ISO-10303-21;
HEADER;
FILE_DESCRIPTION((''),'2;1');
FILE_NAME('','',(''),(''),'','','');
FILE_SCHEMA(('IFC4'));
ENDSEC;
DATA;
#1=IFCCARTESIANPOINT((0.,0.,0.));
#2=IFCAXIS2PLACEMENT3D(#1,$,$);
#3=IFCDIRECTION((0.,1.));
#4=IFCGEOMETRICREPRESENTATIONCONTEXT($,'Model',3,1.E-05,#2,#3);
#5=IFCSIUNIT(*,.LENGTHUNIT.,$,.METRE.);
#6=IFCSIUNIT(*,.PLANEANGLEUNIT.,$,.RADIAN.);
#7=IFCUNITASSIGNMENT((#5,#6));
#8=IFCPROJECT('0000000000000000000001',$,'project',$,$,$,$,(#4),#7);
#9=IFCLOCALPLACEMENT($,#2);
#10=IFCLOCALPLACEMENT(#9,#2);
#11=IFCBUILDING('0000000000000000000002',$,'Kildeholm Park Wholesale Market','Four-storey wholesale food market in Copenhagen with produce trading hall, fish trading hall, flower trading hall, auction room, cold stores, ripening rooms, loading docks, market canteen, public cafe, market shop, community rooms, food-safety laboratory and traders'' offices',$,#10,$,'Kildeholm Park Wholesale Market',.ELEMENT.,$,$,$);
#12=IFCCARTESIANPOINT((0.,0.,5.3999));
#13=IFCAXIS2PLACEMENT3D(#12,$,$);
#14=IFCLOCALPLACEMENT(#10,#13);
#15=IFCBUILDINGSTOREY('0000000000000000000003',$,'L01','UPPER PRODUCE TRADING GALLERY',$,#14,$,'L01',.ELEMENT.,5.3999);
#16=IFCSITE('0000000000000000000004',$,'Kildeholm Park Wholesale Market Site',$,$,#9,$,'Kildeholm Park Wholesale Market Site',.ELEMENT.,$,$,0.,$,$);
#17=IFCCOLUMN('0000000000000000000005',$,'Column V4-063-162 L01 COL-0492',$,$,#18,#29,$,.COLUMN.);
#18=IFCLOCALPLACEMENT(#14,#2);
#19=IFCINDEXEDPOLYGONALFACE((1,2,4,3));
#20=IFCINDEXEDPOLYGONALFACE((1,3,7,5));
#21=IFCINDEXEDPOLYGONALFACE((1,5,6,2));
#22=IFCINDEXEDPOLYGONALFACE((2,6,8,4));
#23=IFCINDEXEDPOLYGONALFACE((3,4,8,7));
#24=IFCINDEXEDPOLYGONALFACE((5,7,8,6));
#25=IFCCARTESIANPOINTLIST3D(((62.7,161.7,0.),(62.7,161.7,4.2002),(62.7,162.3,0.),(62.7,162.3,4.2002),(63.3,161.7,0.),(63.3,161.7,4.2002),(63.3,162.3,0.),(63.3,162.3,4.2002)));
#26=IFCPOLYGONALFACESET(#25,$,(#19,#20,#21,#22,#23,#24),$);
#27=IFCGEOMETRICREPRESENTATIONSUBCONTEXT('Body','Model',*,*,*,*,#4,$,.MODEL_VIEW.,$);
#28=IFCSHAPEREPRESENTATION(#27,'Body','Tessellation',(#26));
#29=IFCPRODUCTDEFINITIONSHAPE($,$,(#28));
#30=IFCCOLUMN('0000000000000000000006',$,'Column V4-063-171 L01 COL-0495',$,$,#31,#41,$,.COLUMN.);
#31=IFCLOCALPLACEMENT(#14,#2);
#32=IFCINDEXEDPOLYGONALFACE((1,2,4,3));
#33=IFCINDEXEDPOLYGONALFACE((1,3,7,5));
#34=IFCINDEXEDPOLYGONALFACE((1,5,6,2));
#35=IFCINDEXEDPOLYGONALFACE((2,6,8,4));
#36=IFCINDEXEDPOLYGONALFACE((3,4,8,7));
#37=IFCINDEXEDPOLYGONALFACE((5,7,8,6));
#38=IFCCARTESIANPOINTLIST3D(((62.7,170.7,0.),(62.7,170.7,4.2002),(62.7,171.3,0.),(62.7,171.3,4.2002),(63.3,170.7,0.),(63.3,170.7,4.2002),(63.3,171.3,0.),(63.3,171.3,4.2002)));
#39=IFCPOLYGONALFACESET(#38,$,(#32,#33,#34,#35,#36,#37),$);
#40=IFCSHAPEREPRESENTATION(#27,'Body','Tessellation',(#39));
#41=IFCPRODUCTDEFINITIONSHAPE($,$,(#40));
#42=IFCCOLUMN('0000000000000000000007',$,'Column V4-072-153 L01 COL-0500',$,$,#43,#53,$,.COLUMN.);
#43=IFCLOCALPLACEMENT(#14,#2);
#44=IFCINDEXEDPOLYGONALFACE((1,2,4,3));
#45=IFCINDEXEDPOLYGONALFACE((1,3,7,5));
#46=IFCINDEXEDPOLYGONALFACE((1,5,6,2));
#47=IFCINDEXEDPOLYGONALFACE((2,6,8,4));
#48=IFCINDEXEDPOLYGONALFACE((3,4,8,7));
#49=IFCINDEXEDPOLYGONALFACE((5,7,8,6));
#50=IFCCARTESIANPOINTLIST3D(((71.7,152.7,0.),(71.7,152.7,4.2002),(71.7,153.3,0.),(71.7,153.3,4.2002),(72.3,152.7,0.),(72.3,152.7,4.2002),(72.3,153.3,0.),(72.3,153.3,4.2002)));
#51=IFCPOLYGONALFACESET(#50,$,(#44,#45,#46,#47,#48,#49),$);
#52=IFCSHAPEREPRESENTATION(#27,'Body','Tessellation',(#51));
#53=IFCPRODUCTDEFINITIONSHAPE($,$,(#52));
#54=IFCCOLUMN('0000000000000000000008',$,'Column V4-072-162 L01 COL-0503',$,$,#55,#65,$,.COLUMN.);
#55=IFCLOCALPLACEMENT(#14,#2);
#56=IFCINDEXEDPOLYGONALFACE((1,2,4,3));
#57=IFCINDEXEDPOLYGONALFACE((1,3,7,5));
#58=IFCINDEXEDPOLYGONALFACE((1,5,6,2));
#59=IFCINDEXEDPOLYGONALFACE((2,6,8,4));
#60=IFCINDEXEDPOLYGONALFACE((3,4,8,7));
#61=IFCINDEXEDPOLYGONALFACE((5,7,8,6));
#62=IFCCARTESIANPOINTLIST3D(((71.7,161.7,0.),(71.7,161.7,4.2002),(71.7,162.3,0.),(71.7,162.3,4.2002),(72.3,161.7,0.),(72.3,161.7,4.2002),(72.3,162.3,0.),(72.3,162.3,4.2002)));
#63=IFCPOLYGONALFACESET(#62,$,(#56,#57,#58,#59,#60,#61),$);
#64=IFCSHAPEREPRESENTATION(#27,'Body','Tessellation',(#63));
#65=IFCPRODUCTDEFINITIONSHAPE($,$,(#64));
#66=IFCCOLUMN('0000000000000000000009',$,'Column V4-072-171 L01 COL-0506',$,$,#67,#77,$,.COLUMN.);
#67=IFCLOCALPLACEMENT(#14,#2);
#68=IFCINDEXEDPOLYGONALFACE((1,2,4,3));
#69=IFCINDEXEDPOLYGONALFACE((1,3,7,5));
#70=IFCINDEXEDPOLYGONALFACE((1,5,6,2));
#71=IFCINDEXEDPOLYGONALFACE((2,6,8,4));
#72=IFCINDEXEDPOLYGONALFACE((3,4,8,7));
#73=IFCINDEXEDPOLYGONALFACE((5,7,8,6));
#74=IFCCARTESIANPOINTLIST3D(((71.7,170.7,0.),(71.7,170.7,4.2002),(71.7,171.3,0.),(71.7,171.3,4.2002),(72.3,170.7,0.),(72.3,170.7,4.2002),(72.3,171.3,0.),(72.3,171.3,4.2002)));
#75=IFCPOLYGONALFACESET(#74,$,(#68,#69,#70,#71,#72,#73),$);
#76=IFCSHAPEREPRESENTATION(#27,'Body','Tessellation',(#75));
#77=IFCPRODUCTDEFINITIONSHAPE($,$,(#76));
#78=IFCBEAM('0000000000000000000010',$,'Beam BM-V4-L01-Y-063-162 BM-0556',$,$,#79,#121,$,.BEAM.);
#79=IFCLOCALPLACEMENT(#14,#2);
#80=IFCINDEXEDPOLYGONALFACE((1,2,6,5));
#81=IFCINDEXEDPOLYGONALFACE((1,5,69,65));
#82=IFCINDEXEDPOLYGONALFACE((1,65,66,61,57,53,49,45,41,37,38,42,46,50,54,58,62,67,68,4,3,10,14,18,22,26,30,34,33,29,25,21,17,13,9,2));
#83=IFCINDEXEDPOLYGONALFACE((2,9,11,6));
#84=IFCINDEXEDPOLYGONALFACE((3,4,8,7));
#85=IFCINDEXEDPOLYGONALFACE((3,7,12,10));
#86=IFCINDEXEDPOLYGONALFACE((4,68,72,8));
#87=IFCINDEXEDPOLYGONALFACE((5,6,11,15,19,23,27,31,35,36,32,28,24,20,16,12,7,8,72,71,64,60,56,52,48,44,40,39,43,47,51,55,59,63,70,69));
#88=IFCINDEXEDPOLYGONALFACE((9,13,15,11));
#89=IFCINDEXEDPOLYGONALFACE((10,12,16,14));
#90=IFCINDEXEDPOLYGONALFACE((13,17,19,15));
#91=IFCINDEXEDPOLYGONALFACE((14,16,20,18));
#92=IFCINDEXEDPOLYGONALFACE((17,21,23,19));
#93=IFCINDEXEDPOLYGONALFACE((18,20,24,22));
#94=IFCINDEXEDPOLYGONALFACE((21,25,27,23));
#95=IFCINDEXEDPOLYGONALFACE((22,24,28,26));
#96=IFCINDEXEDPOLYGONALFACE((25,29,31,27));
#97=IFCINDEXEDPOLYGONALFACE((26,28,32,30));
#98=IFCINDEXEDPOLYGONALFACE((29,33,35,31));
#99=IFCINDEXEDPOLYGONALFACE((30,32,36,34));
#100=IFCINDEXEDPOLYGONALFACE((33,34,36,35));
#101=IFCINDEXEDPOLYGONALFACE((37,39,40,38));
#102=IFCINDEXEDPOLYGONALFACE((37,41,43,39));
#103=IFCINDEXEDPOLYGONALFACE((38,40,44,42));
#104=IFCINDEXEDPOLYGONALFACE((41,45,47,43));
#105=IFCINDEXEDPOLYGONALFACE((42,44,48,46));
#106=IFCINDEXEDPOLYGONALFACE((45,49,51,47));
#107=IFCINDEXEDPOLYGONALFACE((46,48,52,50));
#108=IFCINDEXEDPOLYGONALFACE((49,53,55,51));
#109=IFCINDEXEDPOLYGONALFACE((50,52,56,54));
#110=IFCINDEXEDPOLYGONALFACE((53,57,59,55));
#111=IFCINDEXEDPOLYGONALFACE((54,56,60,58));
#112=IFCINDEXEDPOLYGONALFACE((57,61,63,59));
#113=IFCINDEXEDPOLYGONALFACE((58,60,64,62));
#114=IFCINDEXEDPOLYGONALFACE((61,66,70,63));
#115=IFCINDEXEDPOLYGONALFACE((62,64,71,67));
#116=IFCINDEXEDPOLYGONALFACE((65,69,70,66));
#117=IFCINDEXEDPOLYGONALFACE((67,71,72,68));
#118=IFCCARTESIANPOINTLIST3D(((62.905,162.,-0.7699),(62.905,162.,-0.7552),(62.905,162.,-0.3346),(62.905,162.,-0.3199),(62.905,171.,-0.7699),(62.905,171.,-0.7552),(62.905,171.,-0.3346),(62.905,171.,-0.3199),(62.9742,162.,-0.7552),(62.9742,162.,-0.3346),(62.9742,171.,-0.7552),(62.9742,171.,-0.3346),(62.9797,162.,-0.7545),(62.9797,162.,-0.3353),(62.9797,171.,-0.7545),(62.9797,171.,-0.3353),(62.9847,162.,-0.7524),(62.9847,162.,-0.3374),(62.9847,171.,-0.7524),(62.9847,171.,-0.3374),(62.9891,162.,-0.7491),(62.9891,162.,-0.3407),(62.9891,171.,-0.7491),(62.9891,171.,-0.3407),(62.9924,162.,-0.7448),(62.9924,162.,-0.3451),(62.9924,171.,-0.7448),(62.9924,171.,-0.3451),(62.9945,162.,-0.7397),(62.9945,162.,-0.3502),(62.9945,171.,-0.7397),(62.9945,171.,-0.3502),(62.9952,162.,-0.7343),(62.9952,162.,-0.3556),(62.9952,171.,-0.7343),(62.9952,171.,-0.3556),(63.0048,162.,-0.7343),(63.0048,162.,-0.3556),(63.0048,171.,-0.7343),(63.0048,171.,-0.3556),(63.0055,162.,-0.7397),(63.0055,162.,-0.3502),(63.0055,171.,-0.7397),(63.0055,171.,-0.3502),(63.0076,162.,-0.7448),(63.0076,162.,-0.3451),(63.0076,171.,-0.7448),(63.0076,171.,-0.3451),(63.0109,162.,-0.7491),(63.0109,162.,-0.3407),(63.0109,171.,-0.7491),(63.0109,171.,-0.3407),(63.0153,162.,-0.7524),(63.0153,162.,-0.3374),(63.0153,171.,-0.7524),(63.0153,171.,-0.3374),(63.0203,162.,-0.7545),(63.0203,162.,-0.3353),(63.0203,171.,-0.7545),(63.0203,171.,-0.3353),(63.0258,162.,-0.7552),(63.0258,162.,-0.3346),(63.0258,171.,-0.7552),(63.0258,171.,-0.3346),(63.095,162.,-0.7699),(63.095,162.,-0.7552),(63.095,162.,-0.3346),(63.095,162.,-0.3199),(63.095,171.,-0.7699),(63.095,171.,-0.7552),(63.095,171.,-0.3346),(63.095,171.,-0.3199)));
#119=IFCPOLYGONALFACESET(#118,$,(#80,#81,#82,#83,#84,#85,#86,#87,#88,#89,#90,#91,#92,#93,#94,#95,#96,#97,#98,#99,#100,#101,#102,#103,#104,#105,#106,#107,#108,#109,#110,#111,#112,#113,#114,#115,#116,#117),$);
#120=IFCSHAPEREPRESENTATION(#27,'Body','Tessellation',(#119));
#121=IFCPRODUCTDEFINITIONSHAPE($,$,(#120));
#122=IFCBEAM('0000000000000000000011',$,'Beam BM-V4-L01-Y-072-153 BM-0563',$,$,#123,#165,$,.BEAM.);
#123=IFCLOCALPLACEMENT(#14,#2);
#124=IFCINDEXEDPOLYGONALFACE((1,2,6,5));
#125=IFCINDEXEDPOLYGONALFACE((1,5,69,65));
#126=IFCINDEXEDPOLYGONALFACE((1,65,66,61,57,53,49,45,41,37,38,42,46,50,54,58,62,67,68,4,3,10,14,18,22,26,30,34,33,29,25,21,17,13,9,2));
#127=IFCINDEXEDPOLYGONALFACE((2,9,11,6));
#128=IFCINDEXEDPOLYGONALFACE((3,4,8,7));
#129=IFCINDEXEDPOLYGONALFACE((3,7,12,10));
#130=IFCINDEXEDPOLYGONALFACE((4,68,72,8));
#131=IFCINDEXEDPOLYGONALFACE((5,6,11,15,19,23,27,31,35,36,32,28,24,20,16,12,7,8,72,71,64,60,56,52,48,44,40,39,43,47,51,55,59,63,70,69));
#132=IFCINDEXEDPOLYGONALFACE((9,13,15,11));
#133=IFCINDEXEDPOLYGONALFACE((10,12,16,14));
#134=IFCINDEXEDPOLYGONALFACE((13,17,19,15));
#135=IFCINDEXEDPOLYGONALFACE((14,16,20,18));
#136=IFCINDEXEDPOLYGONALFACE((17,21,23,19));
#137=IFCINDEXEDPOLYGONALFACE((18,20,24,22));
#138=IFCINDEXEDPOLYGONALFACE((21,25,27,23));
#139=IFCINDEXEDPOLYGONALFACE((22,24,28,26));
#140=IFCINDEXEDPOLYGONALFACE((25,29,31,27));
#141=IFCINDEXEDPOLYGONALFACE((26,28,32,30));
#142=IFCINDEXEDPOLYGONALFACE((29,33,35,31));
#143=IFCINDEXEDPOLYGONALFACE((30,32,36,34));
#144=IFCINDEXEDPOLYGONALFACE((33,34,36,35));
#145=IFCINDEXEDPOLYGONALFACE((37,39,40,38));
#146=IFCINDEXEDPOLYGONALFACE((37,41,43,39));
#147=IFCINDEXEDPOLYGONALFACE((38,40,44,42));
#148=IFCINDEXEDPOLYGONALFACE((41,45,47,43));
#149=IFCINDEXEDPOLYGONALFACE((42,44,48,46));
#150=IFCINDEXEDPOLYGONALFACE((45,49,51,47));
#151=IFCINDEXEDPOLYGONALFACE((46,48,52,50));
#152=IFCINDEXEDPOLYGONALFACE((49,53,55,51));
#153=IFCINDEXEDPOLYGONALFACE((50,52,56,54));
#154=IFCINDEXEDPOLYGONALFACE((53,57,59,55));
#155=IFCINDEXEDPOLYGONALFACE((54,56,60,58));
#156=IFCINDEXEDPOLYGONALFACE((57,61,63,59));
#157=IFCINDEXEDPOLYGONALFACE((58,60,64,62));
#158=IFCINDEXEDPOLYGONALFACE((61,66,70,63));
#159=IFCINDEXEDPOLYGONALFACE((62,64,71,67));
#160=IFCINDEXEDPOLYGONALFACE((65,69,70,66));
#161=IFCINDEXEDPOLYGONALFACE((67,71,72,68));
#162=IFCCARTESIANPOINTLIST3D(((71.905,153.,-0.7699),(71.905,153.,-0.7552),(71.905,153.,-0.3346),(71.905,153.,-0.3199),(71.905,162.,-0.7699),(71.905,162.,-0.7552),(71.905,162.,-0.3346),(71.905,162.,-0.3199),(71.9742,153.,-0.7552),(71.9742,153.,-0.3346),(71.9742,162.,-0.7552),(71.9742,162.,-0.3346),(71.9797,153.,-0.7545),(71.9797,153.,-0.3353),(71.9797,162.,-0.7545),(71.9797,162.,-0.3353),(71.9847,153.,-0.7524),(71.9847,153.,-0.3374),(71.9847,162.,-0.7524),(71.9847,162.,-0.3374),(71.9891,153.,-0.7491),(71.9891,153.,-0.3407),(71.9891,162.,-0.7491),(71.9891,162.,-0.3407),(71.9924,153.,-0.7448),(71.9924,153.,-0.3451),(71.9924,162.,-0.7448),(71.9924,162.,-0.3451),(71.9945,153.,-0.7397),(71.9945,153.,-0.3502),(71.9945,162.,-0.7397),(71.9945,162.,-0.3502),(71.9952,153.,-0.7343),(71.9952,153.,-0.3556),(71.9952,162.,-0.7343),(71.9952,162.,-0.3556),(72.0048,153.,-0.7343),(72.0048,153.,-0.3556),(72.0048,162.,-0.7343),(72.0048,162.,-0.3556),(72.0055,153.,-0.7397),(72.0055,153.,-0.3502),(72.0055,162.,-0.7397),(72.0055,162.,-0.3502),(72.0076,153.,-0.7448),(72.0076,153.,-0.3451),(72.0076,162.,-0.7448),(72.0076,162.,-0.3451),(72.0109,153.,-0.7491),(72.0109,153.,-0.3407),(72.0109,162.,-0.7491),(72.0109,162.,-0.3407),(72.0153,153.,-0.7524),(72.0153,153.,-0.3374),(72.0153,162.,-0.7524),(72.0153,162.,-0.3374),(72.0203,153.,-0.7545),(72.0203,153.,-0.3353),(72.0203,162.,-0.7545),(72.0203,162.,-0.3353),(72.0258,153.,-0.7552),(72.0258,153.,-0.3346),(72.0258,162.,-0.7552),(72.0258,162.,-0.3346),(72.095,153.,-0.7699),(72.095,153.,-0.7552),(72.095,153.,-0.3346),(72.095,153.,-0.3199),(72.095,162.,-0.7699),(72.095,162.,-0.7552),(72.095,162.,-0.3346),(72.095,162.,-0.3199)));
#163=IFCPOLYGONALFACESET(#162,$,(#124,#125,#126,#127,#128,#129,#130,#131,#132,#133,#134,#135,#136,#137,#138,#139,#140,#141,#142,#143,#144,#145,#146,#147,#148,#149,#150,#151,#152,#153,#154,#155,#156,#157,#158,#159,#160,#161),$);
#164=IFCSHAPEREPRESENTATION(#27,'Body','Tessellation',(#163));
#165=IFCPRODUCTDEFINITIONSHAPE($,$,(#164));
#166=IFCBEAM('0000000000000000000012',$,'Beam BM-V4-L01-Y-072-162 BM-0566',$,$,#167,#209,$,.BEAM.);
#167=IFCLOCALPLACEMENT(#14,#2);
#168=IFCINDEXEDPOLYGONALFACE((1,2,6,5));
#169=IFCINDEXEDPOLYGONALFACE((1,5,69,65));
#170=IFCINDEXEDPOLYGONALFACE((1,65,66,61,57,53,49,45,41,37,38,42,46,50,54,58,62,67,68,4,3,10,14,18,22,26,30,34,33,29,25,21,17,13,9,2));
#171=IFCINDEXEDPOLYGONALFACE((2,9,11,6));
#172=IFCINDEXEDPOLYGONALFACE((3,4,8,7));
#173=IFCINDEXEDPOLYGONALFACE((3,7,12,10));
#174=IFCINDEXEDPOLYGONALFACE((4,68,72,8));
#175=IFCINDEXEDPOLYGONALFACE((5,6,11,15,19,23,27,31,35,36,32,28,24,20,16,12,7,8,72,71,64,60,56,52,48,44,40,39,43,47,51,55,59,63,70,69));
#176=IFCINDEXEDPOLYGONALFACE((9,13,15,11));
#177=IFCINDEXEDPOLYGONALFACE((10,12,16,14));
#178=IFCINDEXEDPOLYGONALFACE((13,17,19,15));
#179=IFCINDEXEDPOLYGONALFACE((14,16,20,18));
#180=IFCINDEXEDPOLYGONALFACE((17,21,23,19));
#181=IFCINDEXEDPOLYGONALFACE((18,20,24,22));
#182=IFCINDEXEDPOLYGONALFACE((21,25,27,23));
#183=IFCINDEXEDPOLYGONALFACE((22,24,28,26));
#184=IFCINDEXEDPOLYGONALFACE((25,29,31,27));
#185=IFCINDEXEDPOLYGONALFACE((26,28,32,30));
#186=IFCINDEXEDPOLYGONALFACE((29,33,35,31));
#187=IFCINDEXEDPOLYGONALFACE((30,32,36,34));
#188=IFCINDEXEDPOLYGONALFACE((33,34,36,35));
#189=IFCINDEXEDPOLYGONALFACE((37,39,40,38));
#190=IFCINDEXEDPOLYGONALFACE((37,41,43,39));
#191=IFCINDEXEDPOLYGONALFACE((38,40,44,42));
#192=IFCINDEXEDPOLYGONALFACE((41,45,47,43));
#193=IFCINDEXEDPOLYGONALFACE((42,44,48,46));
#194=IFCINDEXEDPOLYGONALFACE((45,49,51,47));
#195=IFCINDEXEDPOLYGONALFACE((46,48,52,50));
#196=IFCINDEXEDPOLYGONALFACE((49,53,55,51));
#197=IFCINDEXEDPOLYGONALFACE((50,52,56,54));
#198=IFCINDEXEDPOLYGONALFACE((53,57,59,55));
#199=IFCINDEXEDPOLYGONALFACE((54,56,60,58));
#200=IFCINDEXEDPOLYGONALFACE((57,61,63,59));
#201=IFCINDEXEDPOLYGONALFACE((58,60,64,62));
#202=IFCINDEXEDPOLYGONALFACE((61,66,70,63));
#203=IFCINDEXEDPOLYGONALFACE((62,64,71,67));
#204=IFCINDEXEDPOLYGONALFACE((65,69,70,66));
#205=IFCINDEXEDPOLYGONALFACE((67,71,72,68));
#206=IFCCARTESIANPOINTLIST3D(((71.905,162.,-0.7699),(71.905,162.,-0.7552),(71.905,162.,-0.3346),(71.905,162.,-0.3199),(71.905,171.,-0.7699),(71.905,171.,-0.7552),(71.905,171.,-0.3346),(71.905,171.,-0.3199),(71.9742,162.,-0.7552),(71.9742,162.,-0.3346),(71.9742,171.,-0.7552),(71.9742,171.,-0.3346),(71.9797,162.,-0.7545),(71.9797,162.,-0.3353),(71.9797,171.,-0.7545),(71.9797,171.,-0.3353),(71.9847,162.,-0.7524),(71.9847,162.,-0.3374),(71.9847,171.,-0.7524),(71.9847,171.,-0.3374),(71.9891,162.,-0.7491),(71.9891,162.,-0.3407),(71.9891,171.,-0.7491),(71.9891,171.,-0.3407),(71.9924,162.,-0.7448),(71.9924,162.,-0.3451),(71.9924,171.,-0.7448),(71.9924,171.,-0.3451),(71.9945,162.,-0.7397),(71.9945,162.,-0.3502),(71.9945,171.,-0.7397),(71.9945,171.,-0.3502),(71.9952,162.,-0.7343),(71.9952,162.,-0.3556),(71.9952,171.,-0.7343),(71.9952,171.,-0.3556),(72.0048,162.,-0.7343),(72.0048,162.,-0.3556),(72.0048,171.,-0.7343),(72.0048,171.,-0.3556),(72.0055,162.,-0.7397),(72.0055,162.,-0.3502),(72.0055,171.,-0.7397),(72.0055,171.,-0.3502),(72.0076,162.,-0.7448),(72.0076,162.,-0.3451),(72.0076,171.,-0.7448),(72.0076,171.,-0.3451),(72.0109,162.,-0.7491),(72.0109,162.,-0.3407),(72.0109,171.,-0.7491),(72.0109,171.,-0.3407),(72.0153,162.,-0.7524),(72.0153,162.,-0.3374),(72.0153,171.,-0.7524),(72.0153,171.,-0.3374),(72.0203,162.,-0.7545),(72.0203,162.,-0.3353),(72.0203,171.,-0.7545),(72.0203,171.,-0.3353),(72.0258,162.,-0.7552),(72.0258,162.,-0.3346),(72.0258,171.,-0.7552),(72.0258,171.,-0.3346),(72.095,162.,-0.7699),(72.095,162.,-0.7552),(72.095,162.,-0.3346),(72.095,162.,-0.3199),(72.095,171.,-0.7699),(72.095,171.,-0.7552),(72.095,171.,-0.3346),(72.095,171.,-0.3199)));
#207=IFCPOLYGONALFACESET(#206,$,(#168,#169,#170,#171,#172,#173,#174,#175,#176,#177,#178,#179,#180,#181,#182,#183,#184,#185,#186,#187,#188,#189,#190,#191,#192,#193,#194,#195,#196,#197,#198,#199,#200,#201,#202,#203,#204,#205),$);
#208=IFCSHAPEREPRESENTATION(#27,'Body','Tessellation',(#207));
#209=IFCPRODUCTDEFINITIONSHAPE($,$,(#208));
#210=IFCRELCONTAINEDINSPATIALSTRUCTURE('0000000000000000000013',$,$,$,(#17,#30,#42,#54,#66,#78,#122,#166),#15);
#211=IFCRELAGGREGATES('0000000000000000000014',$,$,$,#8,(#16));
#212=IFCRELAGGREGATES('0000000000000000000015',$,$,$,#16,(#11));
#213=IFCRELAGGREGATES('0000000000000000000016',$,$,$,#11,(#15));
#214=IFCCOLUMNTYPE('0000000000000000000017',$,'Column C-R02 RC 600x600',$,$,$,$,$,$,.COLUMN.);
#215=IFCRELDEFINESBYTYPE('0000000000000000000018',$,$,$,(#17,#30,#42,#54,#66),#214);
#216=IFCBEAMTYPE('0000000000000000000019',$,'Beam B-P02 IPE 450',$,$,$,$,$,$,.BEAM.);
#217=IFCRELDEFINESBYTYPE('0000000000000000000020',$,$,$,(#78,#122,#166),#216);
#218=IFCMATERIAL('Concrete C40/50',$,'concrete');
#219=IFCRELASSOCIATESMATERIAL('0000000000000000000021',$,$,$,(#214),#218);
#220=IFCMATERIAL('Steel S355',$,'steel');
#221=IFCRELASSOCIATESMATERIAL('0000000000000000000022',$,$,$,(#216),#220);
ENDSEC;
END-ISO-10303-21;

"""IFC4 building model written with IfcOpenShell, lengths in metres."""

from ifc_helpers import new_model, si_unit, direction, frame, origin, origin_2d, place, context, subcontext, project, spatial, rectangle, i_section, extrude, material, material_profile, profile_set, type_object, element, save


model = new_model("IFC4")

# Units and contexts
model_context = context("Model", 3, precision=1e-05, world=origin(), true_north=direction((0.0, 1.0)))
body_context = subcontext(model_context, "Body", "Model", "MODEL_VIEW")
ifc_project = project(units=[si_unit("LENGTHUNIT", "METRE"), si_unit("PLANEANGLEUNIT", "RADIAN")], contexts=[model_context])

# Site, building, storey
site_placement = place(None, origin())
site = spatial("IfcSite", under=ifc_project, at=site_placement, Name="Kildeholm Park Wholesale Market Site", LongName="Kildeholm Park Wholesale Market Site", CompositionType="ELEMENT", RefElevation=0.0)
building_placement = place(site_placement, origin())
building = spatial("IfcBuilding", under=site, at=building_placement, Name="Kildeholm Park Wholesale Market", Description="Four-storey wholesale food market in Copenhagen with produce trading hall, fish trading hall, flower trading hall, auction room, cold stores, ripening rooms, loading docks, market canteen, public cafe, market shop, community rooms, food-safety laboratory and traders' offices", LongName="Kildeholm Park Wholesale Market", CompositionType="ELEMENT")
storey_placement = place(building_placement, frame((0.0, 0.0, 5.3999)))
storey = spatial("IfcBuildingStorey", under=building, at=storey_placement, Name="L01", Description="UPPER PRODUCE TRADING GALLERY", LongName="L01", CompositionType="ELEMENT", Elevation=5.3999)

# Columns
ifc_material_1 = material(Name="Concrete C40/50", Category="concrete")
ifc_material_profile_1 = material_profile(ifc_material_1, rectangle(XDim=0.6001, YDim=0.6001, at=origin_2d()), Name="RC 600x600")
ifc_profile_set_1 = profile_set([ifc_material_profile_1], Name="Concrete C40/50")
column_type = type_object("IfcColumnType", Name="Column C-R02 RC 600x600", PredefinedType="COLUMN", material=ifc_profile_set_1)
for number, where, z_axis, x_axis, name in (
    (1, (63.0, 162.0, 0.0), (0.0, 0.0, 1.0), (1.0, 0.0, 0.0), "Column V4-063-162 L01 COL-0492"),
    (2, (63.0, 171.0, 0.0), (0.0, 0.0, 1.0), (1.0, 0.0, 0.0), "Column V4-063-171 L01 COL-0495"),
    (3, (72.0, 153.0, 0.0), (0.0, 0.0, 1.0), (1.0, 0.0, 0.0), "Column V4-072-153 L01 COL-0500"),
    (4, (72.0, 162.0, 0.0), (0.0, 0.0, 1.0), (1.0, 0.0, 0.0), "Column V4-072-162 L01 COL-0503"),
    (5, (72.0, 171.0, 0.0), (0.0, 0.0, 1.0), (1.0, 0.0, 0.0), "Column V4-072-171 L01 COL-0506"),
):
    element("IfcColumn", number, at=place(storey_placement, frame(where, z_axis=z_axis, x_axis=x_axis)), inside=storey, type_object=column_type, Name=name, PredefinedType="COLUMN", context=body_context, shape_type="SweptSolid", body=[
        extrude(rectangle(XDim=0.6001, YDim=0.6001, at=origin_2d()), origin(), (0.0, 0.0, 1.0), 4.2002),
    ])

# Beams
ifc_material_2 = material(Name="Steel S355", Category="steel")
ifc_material_profile_2 = material_profile(ifc_material_2, i_section(OverallWidth=0.1899, OverallDepth=0.45, WebThickness=0.0095, FlangeThickness=0.0146, FilletRadius=0.021, at=origin_2d()), Name="IPE 450")
ifc_profile_set_2 = profile_set([ifc_material_profile_2], Name="Steel S355")
beam_type_1 = type_object("IfcBeamType", Name="Beam B-P02 IPE 450", PredefinedType="BEAM", material=ifc_profile_set_2)
for number, where, z_axis, x_axis, name in (
    (6, (63.0, 162.0, -0.5449), (0.0, 1.0, 0.0), (-1.0, 0.0, 0.0), "Beam BM-V4-L01-Y-063-162 BM-0556"),
    (7, (72.0, 153.0, -0.5449), (0.0, 1.0, 0.0), (-1.0, 0.0, 0.0), "Beam BM-V4-L01-Y-072-153 BM-0563"),
    (8, (72.0, 162.0, -0.5449), (0.0, 1.0, 0.0), (-1.0, 0.0, 0.0), "Beam BM-V4-L01-Y-072-162 BM-0566"),
):
    element("IfcBeam", number, at=place(storey_placement, frame(where, z_axis=z_axis, x_axis=x_axis)), inside=storey, type_object=beam_type_1, Name=name, PredefinedType="BEAM", context=body_context, shape_type="SweptSolid", body=[
        extrude(i_section(OverallWidth=0.1899, OverallDepth=0.45, WebThickness=0.0095, FlangeThickness=0.0146, FilletRadius=0.021, at=origin_2d()), origin(), (0.0, 0.0, 1.0), 9.0),
    ])

save(model, "model.ifc")
